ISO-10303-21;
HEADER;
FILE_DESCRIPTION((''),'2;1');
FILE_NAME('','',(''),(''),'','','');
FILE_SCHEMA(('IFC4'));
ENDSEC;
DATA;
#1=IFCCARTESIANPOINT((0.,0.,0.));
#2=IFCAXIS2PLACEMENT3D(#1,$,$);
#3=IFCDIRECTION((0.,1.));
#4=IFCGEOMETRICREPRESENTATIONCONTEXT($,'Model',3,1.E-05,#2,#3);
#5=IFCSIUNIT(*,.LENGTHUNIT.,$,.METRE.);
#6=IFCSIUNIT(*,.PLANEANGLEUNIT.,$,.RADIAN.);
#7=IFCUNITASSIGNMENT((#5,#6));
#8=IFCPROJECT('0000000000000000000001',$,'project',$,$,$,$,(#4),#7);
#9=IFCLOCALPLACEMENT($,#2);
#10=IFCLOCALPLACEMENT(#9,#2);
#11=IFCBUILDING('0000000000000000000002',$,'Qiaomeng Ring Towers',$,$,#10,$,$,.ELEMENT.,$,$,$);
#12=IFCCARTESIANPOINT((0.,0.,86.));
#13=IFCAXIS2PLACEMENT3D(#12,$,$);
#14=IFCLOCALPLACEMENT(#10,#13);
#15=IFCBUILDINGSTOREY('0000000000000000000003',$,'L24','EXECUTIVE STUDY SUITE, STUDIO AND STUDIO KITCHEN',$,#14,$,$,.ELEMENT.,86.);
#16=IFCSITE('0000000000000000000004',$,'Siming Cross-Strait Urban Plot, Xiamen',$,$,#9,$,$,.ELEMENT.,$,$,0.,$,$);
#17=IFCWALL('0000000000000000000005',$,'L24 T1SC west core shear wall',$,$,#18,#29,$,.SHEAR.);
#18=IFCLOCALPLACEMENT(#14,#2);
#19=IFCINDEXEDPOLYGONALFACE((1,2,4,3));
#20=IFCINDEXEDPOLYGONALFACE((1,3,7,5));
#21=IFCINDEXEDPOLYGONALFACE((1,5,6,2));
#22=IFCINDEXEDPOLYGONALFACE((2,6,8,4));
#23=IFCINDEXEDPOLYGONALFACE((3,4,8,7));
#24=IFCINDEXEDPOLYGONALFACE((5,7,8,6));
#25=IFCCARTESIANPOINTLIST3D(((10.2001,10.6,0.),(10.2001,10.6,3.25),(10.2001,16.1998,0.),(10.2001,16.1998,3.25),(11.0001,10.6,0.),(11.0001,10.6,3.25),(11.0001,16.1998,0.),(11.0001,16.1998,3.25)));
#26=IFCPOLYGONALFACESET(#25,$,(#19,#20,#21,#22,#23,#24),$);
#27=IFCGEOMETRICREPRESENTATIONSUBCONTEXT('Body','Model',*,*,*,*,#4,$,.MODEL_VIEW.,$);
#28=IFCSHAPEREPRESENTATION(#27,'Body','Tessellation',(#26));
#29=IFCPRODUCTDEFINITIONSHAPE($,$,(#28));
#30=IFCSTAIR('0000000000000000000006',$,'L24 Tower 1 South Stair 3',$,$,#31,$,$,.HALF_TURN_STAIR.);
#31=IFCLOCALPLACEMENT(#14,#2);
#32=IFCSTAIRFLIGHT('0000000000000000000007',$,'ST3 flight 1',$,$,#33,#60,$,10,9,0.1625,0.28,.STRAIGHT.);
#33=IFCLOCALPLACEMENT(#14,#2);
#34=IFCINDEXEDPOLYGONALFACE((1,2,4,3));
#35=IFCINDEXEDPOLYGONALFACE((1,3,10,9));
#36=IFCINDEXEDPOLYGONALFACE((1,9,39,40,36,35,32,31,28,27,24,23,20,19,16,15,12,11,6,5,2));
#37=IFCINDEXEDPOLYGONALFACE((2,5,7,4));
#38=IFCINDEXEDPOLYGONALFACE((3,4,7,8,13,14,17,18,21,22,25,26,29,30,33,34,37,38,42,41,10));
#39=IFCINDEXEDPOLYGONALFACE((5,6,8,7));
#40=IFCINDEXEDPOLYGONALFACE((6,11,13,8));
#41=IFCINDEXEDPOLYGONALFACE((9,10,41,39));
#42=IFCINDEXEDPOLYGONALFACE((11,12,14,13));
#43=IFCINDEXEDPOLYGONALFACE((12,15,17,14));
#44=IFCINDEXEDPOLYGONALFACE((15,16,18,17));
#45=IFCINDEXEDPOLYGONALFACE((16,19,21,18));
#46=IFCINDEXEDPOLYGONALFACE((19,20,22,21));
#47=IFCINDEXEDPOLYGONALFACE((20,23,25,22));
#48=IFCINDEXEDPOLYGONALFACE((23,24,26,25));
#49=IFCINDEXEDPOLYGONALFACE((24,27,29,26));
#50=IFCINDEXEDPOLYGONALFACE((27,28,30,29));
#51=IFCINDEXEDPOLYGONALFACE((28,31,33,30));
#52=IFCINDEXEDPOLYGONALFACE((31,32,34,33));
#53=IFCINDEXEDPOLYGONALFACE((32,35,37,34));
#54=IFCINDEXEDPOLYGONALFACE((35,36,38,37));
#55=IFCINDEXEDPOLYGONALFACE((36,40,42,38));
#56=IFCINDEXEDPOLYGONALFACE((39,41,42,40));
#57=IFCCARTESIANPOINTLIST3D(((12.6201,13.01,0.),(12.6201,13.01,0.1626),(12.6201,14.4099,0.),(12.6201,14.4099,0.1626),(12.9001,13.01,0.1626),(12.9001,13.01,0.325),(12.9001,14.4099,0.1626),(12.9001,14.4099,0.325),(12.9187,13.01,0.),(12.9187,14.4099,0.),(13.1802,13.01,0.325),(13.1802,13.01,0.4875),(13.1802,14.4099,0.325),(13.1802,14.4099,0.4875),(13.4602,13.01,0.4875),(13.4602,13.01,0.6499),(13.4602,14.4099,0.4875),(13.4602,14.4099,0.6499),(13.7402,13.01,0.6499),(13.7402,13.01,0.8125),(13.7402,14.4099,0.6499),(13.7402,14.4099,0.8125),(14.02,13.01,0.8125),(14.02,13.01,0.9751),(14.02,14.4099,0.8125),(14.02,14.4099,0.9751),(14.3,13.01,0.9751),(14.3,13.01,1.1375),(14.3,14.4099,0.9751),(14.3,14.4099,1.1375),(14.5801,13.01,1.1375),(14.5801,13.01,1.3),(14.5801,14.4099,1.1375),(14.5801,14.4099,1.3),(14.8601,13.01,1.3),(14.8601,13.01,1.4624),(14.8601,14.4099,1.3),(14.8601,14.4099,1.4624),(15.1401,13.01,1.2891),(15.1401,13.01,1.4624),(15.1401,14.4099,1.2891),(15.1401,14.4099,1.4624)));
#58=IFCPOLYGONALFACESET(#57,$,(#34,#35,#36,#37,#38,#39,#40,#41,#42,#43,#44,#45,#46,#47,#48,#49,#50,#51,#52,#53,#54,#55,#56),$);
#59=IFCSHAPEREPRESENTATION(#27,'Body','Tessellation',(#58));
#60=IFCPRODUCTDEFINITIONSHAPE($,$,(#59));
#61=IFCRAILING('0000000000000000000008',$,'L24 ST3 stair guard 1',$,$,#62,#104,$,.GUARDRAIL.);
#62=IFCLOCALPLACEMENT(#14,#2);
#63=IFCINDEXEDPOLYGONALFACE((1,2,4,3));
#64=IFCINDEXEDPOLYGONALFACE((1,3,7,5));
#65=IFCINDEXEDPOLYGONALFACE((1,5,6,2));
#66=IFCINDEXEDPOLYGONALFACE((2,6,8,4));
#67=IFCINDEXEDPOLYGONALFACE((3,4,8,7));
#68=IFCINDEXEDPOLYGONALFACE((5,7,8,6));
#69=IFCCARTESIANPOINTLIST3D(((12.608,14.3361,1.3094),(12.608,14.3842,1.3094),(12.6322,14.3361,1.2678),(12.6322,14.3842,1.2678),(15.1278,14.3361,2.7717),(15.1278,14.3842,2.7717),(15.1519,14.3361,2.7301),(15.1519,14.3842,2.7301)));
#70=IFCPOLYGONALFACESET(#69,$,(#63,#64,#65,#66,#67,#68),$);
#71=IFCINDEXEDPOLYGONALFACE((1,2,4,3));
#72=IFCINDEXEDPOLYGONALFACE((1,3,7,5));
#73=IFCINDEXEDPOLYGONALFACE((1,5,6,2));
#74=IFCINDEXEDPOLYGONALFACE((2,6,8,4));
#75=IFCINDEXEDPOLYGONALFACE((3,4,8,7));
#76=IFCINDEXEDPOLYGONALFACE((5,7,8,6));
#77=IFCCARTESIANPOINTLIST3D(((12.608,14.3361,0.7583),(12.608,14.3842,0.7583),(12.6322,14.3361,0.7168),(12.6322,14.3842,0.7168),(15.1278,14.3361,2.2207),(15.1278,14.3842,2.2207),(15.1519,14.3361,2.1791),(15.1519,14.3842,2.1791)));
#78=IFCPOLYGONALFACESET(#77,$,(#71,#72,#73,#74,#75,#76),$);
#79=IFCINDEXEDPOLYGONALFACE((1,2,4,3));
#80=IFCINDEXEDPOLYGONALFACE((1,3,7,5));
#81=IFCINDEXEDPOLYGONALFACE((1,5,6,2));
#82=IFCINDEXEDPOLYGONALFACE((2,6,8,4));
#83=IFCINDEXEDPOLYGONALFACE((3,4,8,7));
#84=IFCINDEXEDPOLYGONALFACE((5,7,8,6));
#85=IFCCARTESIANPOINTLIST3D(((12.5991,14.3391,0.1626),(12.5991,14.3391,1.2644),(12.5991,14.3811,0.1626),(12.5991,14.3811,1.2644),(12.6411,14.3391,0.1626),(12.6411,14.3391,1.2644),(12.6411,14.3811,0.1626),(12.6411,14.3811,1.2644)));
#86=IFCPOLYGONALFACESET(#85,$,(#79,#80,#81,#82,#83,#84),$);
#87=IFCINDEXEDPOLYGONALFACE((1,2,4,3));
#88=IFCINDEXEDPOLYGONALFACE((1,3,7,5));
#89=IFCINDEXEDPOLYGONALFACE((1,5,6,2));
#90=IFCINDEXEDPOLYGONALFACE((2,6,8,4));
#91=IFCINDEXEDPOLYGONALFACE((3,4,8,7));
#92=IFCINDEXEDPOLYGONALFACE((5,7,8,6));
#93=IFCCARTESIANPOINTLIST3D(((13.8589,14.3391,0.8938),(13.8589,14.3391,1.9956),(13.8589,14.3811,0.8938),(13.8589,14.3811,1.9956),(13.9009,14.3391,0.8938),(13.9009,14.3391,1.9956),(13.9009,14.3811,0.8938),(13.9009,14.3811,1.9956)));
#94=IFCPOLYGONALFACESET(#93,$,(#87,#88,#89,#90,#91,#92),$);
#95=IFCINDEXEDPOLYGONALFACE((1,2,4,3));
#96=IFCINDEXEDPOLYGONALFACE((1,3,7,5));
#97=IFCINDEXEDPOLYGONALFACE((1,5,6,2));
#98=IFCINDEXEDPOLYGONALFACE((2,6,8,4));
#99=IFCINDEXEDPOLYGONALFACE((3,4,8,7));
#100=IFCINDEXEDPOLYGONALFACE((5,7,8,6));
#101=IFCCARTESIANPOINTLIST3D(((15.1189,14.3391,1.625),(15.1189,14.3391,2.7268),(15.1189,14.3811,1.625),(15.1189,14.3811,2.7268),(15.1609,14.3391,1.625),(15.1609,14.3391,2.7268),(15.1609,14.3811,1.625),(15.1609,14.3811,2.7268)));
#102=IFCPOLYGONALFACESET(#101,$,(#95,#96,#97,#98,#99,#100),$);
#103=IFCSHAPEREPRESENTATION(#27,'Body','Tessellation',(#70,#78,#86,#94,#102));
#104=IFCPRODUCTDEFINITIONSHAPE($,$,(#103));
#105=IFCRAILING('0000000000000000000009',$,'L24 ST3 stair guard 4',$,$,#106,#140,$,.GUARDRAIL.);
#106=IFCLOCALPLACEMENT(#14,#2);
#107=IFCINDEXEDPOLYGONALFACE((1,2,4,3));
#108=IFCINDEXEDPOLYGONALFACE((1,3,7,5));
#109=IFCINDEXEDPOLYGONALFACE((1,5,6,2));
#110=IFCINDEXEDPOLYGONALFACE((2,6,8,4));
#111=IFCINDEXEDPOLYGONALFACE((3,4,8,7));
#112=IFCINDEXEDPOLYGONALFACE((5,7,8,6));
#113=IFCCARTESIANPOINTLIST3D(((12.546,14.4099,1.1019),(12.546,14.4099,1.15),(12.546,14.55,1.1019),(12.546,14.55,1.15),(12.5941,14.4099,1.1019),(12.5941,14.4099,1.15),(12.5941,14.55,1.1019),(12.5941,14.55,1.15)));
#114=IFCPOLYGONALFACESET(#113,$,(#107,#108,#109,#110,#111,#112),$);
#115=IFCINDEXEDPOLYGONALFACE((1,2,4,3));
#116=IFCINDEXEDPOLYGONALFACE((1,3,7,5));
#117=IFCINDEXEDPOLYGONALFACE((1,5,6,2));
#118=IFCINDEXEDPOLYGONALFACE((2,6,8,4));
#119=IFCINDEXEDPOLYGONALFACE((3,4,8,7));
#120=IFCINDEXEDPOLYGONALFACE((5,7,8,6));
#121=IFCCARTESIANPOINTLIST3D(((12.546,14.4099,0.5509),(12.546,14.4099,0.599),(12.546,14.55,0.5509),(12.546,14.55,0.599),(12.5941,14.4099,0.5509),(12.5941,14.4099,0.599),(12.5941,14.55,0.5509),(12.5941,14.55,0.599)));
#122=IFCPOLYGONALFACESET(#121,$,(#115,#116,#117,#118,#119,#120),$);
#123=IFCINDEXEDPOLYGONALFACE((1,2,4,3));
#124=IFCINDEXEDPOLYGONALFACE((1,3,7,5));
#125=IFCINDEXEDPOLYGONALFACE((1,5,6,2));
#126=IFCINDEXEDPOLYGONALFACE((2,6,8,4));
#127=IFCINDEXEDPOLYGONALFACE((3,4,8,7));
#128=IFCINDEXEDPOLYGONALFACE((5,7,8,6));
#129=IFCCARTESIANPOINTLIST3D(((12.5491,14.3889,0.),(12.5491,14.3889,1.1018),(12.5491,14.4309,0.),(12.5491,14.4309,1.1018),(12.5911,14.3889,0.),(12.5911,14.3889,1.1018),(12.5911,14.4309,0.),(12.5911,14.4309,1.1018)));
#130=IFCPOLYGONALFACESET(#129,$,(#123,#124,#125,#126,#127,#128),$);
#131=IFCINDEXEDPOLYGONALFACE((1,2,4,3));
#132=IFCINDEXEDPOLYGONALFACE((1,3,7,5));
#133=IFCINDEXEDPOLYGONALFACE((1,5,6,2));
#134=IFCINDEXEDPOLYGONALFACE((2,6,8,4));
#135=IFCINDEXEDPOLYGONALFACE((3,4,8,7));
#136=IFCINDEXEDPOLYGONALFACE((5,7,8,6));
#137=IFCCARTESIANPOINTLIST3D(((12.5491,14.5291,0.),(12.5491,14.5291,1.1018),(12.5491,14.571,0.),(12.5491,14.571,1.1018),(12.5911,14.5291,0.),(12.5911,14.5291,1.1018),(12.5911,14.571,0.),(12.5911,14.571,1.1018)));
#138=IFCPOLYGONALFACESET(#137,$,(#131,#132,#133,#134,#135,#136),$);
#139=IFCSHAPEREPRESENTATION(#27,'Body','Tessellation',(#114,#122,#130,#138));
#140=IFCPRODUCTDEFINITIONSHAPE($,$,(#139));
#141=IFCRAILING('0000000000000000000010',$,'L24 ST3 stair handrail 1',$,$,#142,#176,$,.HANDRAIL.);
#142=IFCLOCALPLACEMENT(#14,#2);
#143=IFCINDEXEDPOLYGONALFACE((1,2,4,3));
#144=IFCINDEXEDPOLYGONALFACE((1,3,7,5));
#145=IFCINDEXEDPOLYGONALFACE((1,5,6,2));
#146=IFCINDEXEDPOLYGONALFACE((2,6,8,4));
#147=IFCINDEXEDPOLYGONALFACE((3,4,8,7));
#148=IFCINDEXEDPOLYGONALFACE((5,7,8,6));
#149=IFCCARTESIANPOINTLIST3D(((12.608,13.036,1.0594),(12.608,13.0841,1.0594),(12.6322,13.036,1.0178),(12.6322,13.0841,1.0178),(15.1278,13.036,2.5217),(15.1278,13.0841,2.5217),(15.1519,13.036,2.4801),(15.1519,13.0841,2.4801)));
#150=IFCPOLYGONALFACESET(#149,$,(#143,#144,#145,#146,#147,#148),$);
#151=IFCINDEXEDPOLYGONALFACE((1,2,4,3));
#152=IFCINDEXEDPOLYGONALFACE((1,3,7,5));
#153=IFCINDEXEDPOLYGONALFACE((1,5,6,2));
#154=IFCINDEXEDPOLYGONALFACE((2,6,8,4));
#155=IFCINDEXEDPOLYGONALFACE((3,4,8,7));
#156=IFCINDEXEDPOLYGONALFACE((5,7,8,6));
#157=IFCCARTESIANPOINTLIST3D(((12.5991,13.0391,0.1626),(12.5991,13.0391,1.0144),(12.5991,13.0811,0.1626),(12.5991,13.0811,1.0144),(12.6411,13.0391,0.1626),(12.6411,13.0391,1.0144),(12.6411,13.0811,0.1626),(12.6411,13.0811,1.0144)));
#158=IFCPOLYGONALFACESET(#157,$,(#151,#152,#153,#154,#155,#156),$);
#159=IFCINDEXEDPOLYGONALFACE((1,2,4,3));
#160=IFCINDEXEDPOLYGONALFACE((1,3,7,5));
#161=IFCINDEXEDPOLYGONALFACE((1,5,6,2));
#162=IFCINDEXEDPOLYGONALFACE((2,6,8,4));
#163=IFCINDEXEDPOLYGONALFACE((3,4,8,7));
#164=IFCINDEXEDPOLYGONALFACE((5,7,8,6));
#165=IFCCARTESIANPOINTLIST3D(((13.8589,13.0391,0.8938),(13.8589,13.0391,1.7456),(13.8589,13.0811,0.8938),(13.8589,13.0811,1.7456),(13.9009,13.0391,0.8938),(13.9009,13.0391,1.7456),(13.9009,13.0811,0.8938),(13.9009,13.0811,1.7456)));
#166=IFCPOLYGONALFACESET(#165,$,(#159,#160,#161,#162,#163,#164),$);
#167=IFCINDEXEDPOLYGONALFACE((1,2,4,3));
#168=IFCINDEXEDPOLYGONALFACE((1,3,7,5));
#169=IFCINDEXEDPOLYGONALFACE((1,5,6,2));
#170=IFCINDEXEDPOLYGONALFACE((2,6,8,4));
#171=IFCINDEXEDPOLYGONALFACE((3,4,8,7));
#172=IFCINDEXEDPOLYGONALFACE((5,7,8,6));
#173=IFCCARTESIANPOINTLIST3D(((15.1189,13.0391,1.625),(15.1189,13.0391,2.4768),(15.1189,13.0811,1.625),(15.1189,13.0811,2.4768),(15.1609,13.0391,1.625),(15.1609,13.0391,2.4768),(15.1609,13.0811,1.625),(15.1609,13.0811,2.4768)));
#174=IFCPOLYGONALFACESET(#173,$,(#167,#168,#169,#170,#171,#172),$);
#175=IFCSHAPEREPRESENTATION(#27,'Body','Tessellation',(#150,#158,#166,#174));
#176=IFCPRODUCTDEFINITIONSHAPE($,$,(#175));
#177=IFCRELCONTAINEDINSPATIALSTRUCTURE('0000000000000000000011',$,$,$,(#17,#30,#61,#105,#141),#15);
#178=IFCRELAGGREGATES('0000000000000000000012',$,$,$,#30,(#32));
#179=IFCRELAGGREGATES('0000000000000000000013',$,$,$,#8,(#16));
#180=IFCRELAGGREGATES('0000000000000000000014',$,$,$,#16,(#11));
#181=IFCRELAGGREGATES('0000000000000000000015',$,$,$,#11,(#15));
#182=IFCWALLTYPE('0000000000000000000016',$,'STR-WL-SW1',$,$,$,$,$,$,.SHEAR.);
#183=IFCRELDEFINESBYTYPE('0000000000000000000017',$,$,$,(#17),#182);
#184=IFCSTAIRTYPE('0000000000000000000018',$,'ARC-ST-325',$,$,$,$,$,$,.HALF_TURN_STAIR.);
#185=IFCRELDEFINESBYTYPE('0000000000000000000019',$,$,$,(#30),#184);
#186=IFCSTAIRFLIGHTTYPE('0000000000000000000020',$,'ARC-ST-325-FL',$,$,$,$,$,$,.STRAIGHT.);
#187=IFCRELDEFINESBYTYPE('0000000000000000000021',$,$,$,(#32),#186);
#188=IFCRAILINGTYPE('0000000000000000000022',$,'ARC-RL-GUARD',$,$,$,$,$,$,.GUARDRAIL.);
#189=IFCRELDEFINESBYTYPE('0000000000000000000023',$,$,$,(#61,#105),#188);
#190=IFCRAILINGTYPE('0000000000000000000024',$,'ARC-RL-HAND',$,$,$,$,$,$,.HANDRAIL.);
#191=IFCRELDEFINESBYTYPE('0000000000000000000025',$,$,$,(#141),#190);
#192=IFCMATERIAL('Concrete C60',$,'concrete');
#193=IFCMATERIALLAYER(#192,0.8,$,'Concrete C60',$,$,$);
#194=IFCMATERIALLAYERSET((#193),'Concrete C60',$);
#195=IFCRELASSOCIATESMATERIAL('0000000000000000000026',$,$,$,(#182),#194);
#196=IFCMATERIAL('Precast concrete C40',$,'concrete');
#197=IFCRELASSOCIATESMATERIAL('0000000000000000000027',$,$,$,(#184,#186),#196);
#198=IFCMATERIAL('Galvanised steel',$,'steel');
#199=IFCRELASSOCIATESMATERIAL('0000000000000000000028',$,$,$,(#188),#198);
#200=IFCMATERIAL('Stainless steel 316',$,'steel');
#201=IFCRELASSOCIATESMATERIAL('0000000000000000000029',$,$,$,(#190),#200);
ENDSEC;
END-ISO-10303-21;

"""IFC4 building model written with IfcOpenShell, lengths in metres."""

from ifc_helpers import new_model, si_unit, direction, frame, frame_2d, origin, origin_2d, place, context, subcontext, project, spatial, polyline, rectangle, outline, extrude, source, transform, mapped, material, layer, layer_set, type_object, element, aggregate, save


model = new_model("IFC4")

# Units and contexts
model_context = context("Model", 3, precision=1e-05, world=origin(), true_north=direction((0.0, 1.0)))
body_context = subcontext(model_context, "Body", "Model", "MODEL_VIEW")
ifc_project = project(units=[si_unit("LENGTHUNIT", "METRE"), si_unit("PLANEANGLEUNIT", "RADIAN")], contexts=[model_context])

# Site, building, storey
site_placement = place(None, origin())
site = spatial("IfcSite", under=ifc_project, at=site_placement, Name="Siming Cross-Strait Urban Plot, Xiamen", CompositionType="ELEMENT", RefElevation=0.0)
building_placement = place(site_placement, origin())
building = spatial("IfcBuilding", under=site, at=building_placement, Name="Qiaomeng Ring Towers", CompositionType="ELEMENT")
storey_placement = place(building_placement, frame((0.0, 0.0, 86.0)))
storey = spatial("IfcBuildingStorey", under=building, at=storey_placement, Name="L24", Description="EXECUTIVE STUDY SUITE, STUDIO AND STUDIO KITCHEN", CompositionType="ELEMENT", Elevation=86.0)

# Shared definitions
ifc_material_1 = material(Name="Galvanised steel", Category="steel")

# Shared definitions
ifc_material_2 = material(Name="Concrete C60", Category="concrete")
ifc_layer_1 = layer(ifc_material_2, 0.8, Name="Concrete C60")
ifc_layer_set_1 = layer_set([ifc_layer_1], Name="Concrete C60")
wall_type_1 = type_object("IfcWallType", Name="STR-WL-SW1", PredefinedType="SHEAR", material=ifc_layer_set_1)
ifc_material_3 = material(Name="Stainless steel 316", Category="steel")

# Wall
wall_1_placement = place(storey_placement, frame((10.6001, 10.6001, 0.0), z_axis=(0.0, 0.0, 1.0), x_axis=(0.0, 1.0, 0.0)))
element("IfcWall", 1, at=wall_1_placement, inside=storey, type_object=wall_type_1, Name="L24 T1SC west core shear wall", PredefinedType="SHEAR", context=body_context, shape_type="SweptSolid", body=[
    extrude(rectangle(XDim=5.5999, YDim=0.8, at=frame_2d((2.7998, 0.0))), origin(), (0.0, 0.0, 1.0), 3.25),
])

# Stair, stair flight
ifc_material_4 = material(Name="Precast concrete C40", Category="concrete")
stair_type = type_object("IfcStairType", Name="ARC-ST-325", PredefinedType="HALF_TURN_STAIR", material=ifc_material_4)
stair_placement = place(storey_placement, origin())
stair = element("IfcStair", 2, at=stair_placement, inside=storey, type_object=stair_type, Name="L24 Tower 1 South Stair 3", PredefinedType="HALF_TURN_STAIR")
stair_flight_type = type_object("IfcStairFlightType", Name="ARC-ST-325-FL", PredefinedType="STRAIGHT", material=ifc_material_4)
shared_shape_1 = source(origin(), body_context, "Body", "SweptSolid", [
    extrude(outline(polyline([(0.0, 0.0), (0.0, 0.1626), (0.28, 0.1626), (0.28, 0.325), (0.5601, 0.325), (0.5601, 0.4875), (0.8401, 0.4875), (0.8401, 0.6499), (1.1201, 0.6499), (1.1201, 0.8125), (1.3999, 0.8125), (1.3999, 0.9751), (1.6799, 0.9751), (1.6799, 1.1375), (1.96, 1.1375), (1.96, 1.3), (2.24, 1.3), (2.24, 1.4624), (2.52, 1.4624), (2.52, 1.625), (2.52, 1.2891), (0.2986, 0.0), (0.0, 0.0)])), frame((0.0, 0.7, 0.0), z_axis=(0.0, -1.0, 0.0), x_axis=(1.0, 0.0, 0.0)), (0.0, 0.0, 1.0), 1.3999),
])
stair_flight_placement = place(storey_placement, frame((12.6201, 13.71, 0.0), z_axis=(0.0, 0.0, 1.0), x_axis=(1.0, 0.0, 0.0)))
stair_flight = element("IfcStairFlight", 3, at=stair_flight_placement, type_object=stair_flight_type, Name="ST3 flight 1", NumberOfRisers=10, NumberOfTreads=9, PredefinedType="STRAIGHT", RiserHeight=0.1625, TreadLength=0.28, context=body_context, shape_type="MappedRepresentation", body=[
    mapped(shared_shape_1, transform((0.0, 0.0, 0.0), x_axis=(1.0, 0.0, 0.0), y_axis=(0.0, 1.0, 0.0), z_axis=(0.0, 0.0, 1.0), scale=1.0)),
])
aggregate(stair, [stair_flight])

# Railings
railing_type_1 = type_object("IfcRailingType", Name="ARC-RL-GUARD", PredefinedType="GUARDRAIL", material=ifc_material_1)
railing_1_placement = place(storey_placement, frame((12.6201, 14.3601, 0.1626)))
element("IfcRailing", 4, at=railing_1_placement, inside=storey, type_object=railing_type_1, Name="L24 ST3 stair guard 1", PredefinedType="GUARDRAIL", context=body_context, shape_type="SweptSolid", body=[
    extrude(rectangle(XDim=0.0481, YDim=0.0481, at=origin_2d()), frame((0.0, 0.0, 1.126), z_axis=(0.864892, 0.0, 0.501958), x_axis=(0.0, 1.0, 0.0)), (0.0, 0.0, 1.0), 2.9133),
    extrude(rectangle(XDim=0.0481, YDim=0.0481, at=origin_2d()), frame((0.0, 0.0, 0.575), z_axis=(0.864892, 0.0, 0.501958), x_axis=(0.0, 1.0, 0.0)), (0.0, 0.0, 1.0), 2.9133),
    extrude(rectangle(XDim=0.042, YDim=0.042, at=origin_2d()), origin(), (0.0, 0.0, 1.0), 1.1018),
    extrude(rectangle(XDim=0.042, YDim=0.042, at=origin_2d()), frame((1.2598, 0.0, 0.7312)), (0.0, 0.0, 1.0), 1.1018),
    extrude(rectangle(XDim=0.042, YDim=0.042, at=origin_2d()), frame((2.5198, 0.0, 1.4624)), (0.0, 0.0, 1.0), 1.1018),
])
railing_2_placement = place(storey_placement, frame((12.5701, 14.4099, 0.0)))
element("IfcRailing", 5, at=railing_2_placement, inside=storey, type_object=railing_type_1, Name="L24 ST3 stair guard 4", PredefinedType="GUARDRAIL", context=body_context, shape_type="SweptSolid", body=[
    extrude(rectangle(XDim=0.0481, YDim=0.0481, at=origin_2d()), frame((0.0, 0.0, 1.126), z_axis=(0.0, 1.0, 0.0), x_axis=(-1.0, 0.0, 0.0)), (0.0, 0.0, 1.0), 0.1401),
    extrude(rectangle(XDim=0.0481, YDim=0.0481, at=origin_2d()), frame((0.0, 0.0, 0.575), z_axis=(0.0, 1.0, 0.0), x_axis=(-1.0, 0.0, 0.0)), (0.0, 0.0, 1.0), 0.1401),
    extrude(rectangle(XDim=0.042, YDim=0.042, at=origin_2d()), origin(), (0.0, 0.0, 1.0), 1.1018),
    extrude(rectangle(XDim=0.042, YDim=0.042, at=origin_2d()), frame((0.0, 0.1401, 0.0)), (0.0, 0.0, 1.0), 1.1018),
])
railing_type_2 = type_object("IfcRailingType", Name="ARC-RL-HAND", PredefinedType="HANDRAIL", material=ifc_material_3)
railing_3_placement = place(storey_placement, frame((12.6201, 13.0601, 0.1626)))
element("IfcRailing", 6, at=railing_3_placement, inside=storey, type_object=railing_type_2, Name="L24 ST3 stair handrail 1", PredefinedType="HANDRAIL", context=body_context, shape_type="SweptSolid", body=[
    extrude(rectangle(XDim=0.0481, YDim=0.0481, at=origin_2d()), frame((0.0, 0.0, 0.876), z_axis=(0.864892, 0.0, 0.501958), x_axis=(0.0, 1.0, 0.0)), (0.0, 0.0, 1.0), 2.9133),
    extrude(rectangle(XDim=0.042, YDim=0.042, at=origin_2d()), origin(), (0.0, 0.0, 1.0), 0.8518),
    extrude(rectangle(XDim=0.042, YDim=0.042, at=origin_2d()), frame((1.2598, 0.0, 0.7312)), (0.0, 0.0, 1.0), 0.8518),
    extrude(rectangle(XDim=0.042, YDim=0.042, at=origin_2d()), frame((2.5198, 0.0, 1.4624)), (0.0, 0.0, 1.0), 0.8518),
])

save(model, "model.ifc")
